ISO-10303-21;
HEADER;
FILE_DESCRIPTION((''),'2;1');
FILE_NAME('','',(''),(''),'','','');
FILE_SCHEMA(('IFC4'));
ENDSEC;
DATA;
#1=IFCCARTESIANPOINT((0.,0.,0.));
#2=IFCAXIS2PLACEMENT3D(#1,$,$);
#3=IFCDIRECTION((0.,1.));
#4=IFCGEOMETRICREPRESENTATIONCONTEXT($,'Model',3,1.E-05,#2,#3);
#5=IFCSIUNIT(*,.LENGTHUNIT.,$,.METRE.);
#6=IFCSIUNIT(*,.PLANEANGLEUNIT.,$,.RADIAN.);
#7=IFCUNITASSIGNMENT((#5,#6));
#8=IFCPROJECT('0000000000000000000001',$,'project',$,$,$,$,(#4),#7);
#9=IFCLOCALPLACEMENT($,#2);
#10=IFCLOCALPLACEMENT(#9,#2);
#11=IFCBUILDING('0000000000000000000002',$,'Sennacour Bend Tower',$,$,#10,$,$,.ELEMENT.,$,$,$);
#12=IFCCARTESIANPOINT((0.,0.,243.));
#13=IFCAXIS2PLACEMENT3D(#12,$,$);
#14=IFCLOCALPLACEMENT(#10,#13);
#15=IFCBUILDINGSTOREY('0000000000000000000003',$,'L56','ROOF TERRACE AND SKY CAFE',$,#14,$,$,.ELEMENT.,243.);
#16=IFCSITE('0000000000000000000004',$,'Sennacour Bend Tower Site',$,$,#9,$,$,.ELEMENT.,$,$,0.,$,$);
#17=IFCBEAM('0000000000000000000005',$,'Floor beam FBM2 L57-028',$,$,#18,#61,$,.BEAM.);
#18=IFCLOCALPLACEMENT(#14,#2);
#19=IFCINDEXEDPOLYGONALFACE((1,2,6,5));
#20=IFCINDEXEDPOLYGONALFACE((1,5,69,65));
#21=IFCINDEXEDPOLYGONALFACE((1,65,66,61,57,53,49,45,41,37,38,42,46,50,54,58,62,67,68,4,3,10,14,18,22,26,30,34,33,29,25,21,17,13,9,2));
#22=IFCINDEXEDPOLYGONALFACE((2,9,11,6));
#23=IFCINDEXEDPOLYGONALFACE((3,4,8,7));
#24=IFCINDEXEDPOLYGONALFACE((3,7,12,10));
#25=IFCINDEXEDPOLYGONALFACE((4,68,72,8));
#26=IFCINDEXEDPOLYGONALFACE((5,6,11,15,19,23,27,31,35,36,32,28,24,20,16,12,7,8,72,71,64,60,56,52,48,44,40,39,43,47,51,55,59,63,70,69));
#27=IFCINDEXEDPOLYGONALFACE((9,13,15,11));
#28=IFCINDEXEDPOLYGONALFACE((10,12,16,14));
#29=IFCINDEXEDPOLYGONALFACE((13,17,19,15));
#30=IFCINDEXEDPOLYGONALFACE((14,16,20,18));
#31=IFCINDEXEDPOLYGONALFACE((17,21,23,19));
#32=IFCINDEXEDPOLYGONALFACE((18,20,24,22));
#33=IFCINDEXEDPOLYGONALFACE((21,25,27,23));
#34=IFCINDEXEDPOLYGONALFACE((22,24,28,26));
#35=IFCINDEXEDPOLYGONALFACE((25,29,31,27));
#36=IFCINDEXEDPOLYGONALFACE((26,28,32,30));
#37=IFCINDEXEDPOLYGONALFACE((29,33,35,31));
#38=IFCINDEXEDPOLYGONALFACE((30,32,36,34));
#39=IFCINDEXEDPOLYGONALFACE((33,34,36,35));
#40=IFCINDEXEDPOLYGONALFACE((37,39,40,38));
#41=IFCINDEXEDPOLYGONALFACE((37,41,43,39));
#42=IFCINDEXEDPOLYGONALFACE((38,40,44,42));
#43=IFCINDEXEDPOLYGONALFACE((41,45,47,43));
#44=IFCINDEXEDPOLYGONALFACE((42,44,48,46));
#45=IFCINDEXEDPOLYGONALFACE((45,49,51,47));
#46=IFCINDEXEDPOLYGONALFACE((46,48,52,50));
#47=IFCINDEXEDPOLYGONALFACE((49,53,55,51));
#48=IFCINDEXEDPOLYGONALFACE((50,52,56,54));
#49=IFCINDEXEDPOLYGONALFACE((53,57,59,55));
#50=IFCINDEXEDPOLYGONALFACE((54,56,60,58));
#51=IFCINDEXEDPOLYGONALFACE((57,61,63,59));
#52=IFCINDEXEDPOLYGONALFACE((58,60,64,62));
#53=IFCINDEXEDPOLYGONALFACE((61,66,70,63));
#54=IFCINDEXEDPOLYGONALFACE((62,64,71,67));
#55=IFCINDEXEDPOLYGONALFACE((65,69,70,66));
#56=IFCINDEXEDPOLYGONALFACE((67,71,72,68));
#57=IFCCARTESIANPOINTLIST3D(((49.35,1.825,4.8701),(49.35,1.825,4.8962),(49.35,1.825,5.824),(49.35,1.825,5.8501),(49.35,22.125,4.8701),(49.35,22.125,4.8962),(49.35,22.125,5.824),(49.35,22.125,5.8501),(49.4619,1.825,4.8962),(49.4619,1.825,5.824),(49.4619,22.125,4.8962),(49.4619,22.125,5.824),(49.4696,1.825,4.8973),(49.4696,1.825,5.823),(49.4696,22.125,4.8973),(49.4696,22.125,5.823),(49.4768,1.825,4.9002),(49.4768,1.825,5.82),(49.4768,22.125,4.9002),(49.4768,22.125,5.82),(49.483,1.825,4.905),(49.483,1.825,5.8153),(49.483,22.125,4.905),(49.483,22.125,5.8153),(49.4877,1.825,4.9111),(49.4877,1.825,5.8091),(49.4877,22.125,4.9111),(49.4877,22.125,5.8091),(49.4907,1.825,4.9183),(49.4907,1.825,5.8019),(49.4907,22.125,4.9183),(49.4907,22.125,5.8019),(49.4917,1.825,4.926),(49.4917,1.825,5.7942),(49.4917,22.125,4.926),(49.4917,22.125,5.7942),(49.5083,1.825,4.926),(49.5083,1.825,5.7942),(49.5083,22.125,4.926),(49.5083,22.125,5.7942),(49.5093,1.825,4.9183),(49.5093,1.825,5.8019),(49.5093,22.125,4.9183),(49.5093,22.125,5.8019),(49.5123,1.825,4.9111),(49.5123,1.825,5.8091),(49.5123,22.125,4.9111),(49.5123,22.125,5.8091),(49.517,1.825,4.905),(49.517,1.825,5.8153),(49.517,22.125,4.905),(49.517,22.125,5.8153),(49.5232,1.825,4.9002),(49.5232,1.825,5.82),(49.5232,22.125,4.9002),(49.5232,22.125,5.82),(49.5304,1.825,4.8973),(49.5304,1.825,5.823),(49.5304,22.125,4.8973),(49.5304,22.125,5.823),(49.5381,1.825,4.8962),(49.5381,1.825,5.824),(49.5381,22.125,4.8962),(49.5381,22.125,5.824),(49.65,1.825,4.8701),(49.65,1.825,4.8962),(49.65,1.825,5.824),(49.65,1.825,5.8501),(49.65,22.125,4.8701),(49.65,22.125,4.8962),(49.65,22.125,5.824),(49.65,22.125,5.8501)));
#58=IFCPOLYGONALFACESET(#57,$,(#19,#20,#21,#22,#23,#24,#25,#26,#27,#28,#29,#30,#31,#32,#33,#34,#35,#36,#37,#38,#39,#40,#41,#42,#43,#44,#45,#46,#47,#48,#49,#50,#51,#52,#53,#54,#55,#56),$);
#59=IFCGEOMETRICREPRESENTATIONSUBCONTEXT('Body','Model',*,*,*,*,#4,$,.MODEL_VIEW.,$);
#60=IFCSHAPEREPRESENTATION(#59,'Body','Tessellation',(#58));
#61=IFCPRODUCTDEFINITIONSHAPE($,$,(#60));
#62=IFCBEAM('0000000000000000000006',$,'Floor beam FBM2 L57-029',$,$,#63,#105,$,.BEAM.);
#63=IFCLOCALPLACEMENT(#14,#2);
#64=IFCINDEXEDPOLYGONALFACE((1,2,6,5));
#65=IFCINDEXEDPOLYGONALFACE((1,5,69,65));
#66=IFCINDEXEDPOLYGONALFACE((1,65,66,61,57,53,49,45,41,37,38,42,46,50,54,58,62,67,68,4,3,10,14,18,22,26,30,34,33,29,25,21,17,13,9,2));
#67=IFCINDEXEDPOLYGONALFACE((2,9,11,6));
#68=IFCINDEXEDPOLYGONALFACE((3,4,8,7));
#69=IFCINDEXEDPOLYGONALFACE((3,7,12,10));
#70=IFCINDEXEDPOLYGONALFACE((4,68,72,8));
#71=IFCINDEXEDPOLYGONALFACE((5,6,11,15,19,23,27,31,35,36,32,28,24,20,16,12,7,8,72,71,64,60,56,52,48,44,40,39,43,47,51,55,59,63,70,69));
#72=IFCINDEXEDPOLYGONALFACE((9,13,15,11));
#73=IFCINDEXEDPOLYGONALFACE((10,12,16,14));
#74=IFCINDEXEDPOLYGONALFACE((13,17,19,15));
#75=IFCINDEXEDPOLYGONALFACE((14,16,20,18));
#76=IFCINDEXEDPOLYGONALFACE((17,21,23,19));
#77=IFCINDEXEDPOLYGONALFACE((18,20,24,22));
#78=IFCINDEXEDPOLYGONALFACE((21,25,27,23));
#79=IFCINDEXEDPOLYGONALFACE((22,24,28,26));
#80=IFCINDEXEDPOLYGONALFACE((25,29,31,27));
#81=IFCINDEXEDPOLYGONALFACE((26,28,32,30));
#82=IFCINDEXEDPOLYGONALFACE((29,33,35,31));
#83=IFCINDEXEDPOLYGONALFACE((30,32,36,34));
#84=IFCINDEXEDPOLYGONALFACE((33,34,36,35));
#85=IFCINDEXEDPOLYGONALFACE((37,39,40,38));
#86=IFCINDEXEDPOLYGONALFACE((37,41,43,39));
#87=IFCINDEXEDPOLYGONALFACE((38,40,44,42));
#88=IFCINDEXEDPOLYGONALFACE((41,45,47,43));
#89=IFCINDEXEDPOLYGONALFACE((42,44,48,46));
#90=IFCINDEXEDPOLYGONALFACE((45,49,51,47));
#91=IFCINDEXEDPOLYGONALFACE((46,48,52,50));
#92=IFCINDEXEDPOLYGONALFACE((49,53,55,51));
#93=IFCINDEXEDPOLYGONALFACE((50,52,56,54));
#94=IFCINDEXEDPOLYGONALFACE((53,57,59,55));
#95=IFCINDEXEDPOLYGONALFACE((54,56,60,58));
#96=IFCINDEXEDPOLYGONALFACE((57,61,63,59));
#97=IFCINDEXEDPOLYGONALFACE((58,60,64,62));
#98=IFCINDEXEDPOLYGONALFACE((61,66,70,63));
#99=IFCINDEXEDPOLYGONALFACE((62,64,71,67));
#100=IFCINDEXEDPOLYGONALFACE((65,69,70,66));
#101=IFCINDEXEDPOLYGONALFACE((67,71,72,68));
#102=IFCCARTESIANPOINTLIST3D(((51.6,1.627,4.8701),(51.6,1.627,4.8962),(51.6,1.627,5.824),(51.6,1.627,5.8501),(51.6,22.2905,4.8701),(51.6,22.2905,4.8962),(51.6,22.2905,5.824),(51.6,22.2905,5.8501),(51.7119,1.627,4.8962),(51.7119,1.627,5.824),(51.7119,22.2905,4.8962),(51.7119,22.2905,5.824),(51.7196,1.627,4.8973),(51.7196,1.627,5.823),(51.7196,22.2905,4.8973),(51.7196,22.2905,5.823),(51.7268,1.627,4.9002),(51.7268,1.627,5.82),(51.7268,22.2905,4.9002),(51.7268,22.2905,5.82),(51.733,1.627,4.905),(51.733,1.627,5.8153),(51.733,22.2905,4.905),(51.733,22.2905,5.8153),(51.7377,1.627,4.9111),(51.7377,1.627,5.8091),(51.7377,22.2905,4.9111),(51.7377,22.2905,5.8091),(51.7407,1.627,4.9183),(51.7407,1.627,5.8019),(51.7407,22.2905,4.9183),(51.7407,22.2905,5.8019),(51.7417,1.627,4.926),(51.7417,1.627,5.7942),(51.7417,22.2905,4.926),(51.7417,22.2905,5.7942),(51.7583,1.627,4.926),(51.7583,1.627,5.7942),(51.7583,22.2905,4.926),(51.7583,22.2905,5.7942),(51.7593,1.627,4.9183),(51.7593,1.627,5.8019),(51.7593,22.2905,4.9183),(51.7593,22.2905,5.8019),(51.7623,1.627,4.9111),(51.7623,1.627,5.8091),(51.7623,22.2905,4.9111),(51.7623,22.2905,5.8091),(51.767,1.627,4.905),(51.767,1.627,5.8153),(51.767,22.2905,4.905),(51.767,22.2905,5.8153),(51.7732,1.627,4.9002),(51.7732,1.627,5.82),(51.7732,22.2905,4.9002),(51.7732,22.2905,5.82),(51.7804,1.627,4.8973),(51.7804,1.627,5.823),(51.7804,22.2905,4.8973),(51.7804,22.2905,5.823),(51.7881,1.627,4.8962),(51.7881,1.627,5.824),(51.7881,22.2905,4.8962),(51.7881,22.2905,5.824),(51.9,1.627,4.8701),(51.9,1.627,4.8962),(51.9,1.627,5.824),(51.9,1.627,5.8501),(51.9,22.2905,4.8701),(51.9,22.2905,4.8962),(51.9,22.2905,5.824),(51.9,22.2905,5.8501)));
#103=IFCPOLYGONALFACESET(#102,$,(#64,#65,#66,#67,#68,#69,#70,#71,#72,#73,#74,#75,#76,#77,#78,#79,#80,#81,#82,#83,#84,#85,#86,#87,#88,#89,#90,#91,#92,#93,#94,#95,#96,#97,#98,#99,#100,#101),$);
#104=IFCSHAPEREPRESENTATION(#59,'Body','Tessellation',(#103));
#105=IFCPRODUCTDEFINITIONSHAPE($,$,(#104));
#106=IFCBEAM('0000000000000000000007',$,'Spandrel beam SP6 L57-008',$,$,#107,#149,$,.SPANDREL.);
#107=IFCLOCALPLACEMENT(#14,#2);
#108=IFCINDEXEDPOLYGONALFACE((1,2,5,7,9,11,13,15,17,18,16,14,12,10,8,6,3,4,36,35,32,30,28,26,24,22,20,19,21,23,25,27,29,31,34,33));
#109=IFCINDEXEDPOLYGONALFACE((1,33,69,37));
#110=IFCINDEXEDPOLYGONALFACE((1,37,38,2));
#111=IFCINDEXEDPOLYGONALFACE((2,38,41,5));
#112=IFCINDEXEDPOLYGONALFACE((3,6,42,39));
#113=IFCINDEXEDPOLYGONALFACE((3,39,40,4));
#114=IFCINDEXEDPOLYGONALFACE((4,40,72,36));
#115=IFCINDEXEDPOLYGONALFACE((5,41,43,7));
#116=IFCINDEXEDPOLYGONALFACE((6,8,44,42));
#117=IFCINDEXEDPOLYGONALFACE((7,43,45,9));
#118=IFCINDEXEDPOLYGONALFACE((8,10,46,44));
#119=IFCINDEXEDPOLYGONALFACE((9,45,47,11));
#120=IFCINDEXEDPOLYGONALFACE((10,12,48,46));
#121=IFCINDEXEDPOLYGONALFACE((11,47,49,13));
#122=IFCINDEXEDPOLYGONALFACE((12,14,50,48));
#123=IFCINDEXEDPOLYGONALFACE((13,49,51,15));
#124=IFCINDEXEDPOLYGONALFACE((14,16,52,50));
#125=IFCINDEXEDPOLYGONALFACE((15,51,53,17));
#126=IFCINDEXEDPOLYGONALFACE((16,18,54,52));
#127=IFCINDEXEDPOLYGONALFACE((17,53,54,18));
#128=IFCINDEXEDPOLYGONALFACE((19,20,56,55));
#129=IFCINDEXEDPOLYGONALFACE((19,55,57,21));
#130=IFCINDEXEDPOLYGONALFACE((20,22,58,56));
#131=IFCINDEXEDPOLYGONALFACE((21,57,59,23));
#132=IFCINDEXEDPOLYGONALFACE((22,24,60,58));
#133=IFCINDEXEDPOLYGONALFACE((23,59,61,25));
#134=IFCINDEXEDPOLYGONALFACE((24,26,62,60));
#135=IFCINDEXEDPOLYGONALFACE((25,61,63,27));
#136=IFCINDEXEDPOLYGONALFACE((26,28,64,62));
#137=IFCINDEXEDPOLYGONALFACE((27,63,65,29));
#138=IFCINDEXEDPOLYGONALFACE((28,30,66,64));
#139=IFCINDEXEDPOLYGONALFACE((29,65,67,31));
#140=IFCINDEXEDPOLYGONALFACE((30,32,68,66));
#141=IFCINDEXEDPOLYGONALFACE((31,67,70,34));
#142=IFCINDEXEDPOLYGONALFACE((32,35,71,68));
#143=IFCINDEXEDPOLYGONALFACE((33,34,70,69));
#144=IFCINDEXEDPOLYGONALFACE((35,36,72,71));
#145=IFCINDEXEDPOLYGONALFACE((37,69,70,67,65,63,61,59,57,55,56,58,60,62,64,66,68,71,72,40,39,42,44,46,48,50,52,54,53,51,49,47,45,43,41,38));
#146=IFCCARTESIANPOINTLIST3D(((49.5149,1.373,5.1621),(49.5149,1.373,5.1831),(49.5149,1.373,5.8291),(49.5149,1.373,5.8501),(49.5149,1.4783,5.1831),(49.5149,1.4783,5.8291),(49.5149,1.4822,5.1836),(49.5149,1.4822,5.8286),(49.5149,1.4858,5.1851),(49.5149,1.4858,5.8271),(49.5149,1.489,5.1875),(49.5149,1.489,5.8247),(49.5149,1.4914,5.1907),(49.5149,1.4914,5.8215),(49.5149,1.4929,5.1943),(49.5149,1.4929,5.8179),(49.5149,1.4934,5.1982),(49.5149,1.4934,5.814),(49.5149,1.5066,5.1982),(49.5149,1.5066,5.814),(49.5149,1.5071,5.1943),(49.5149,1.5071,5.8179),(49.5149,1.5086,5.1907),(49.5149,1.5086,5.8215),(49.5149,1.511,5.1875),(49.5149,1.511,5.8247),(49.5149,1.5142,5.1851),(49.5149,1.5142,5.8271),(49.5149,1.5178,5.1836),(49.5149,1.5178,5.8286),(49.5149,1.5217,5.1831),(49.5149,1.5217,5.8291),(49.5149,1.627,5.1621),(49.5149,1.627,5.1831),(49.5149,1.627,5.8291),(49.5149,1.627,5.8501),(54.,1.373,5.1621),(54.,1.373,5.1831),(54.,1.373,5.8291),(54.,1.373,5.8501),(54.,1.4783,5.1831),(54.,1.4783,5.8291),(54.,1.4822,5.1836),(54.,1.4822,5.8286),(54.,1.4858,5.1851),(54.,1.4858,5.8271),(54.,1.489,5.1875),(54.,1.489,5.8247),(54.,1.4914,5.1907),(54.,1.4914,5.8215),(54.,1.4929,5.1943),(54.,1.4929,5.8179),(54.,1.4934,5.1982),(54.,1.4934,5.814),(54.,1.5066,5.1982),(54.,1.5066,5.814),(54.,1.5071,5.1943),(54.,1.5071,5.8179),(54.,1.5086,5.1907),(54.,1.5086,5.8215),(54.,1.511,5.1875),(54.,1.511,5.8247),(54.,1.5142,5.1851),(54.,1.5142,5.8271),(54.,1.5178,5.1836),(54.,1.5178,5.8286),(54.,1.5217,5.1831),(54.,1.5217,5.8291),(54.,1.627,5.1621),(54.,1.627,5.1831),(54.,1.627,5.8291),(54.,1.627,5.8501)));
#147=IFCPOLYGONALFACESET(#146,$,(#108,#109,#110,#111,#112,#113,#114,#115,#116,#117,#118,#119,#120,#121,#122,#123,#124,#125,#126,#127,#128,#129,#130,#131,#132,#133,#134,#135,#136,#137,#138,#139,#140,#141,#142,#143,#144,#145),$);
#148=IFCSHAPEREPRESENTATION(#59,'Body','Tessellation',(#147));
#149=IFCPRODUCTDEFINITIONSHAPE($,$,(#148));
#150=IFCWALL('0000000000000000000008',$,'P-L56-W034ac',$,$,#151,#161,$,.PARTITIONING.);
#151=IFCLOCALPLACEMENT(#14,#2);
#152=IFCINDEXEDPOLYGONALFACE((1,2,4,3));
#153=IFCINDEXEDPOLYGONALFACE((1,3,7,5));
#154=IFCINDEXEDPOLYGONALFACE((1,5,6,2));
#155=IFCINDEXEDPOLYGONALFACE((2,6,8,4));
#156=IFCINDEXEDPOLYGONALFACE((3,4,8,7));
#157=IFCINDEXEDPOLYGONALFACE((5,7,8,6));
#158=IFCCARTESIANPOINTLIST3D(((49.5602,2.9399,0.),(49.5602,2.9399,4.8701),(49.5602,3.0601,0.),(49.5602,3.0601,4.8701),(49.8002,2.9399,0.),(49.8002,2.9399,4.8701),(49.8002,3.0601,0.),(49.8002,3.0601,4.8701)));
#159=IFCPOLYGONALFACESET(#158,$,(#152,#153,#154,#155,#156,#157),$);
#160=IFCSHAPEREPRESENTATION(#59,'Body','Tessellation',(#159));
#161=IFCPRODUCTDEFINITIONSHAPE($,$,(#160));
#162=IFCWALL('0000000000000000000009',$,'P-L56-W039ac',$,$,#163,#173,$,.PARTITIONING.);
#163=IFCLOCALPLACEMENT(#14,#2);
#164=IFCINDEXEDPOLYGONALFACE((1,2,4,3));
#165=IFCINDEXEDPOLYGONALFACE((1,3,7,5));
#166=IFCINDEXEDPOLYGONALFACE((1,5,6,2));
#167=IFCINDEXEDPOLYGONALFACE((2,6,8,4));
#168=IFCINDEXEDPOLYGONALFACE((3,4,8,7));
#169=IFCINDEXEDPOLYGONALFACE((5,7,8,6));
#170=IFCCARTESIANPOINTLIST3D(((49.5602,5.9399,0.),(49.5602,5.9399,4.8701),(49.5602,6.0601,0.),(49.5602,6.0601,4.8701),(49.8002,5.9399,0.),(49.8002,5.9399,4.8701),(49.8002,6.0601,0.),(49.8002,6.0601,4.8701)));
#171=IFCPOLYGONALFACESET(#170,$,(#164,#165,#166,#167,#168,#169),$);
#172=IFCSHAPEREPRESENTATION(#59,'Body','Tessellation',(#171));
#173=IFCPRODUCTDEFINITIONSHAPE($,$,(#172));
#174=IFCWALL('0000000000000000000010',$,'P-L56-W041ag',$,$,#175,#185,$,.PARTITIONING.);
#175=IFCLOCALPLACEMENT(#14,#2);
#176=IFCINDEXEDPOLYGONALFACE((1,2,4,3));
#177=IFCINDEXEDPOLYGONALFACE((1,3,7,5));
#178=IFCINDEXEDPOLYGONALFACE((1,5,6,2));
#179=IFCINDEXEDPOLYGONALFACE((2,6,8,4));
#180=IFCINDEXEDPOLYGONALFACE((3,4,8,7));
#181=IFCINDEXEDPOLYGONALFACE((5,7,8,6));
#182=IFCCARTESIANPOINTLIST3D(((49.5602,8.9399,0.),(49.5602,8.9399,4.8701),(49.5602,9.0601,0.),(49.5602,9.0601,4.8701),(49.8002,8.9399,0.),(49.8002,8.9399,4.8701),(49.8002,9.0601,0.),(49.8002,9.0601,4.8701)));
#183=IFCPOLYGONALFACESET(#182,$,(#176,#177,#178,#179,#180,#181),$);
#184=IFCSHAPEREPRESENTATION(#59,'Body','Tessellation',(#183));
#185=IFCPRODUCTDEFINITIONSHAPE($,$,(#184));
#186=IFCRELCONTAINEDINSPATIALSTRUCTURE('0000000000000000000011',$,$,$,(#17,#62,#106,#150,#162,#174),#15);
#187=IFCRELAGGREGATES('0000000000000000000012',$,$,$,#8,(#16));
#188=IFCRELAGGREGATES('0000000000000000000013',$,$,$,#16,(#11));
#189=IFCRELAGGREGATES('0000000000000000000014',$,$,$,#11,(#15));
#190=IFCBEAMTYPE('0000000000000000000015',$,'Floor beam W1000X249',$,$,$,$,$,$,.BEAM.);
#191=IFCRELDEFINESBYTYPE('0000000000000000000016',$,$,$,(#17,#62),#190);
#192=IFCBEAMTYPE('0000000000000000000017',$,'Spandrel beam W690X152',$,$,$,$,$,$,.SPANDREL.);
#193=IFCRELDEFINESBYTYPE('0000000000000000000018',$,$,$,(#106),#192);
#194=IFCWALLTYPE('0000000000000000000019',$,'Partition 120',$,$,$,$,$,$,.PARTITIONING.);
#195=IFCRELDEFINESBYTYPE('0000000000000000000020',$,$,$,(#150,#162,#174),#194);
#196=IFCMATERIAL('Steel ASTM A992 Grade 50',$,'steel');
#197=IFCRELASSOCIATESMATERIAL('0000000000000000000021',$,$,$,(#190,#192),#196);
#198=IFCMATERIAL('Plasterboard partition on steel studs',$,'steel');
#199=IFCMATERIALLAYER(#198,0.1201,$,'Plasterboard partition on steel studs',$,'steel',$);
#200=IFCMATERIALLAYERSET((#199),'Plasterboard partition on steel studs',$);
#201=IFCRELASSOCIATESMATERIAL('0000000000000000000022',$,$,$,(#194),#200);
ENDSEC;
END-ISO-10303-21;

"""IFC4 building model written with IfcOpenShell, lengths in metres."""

from ifc_helpers import new_model, si_unit, direction, frame, frame_2d, origin, origin_2d, place, context, subcontext, project, spatial, rectangle, i_section, extrude, material, layer, layer_set, material_profile, profile_set, type_object, element, save


model = new_model("IFC4")

# Units and contexts
model_context = context("Model", 3, precision=1e-05, world=origin(), true_north=direction((0.0, 1.0)))
body_context = subcontext(model_context, "Body", "Model", "MODEL_VIEW")
ifc_project = project(units=[si_unit("LENGTHUNIT", "METRE"), si_unit("PLANEANGLEUNIT", "RADIAN")], contexts=[model_context])

# Site, building, storey
site_placement = place(None, origin())
site = spatial("IfcSite", under=ifc_project, at=site_placement, Name="Sennacour Bend Tower Site", CompositionType="ELEMENT", RefElevation=0.0)
building_placement = place(site_placement, origin())
building = spatial("IfcBuilding", under=site, at=building_placement, Name="Sennacour Bend Tower", CompositionType="ELEMENT")
storey_placement = place(building_placement, frame((0.0, 0.0, 243.0)))
storey = spatial("IfcBuildingStorey", under=building, at=storey_placement, Name="L56", Description="ROOF TERRACE AND SKY CAFE", CompositionType="ELEMENT", Elevation=243.0)

# Beams
ifc_material_1 = material(Name="Steel ASTM A992 Grade 50", Category="steel")
ifc_material_profile_1 = material_profile(ifc_material_1, i_section(OverallWidth=0.3, OverallDepth=0.98, WebThickness=0.0166, FlangeThickness=0.0261, FilletRadius=0.0298, at=origin_2d()), Name="Steel ASTM A992 Grade 50", Category="steel")
ifc_profile_set_1 = profile_set([ifc_material_profile_1], Name="Steel ASTM A992 Grade 50")
beam_type_1 = type_object("IfcBeamType", Name="Floor beam W1000X249", PredefinedType="BEAM", material=ifc_profile_set_1)
beam_1_placement = place(storey_placement, frame((49.5, 1.825, 5.3601), z_axis=(0.0, 1.0, 0.0), x_axis=(-1.0, 0.0, 0.0)))
element("IfcBeam", 1, at=beam_1_placement, inside=storey, type_object=beam_type_1, Name="Floor beam FBM2 L57-028", PredefinedType="BEAM", context=body_context, shape_type="SweptSolid", body=[
    extrude(i_section(OverallWidth=0.3, OverallDepth=0.98, WebThickness=0.0166, FlangeThickness=0.0261, FilletRadius=0.0298, at=origin_2d()), origin(), (0.0, 0.0, 1.0), 20.3),
])
beam_2_placement = place(storey_placement, frame((51.75, 1.627, 5.3601), z_axis=(0.0, 1.0, 0.0), x_axis=(-1.0, 0.0, 0.0)))
element("IfcBeam", 2, at=beam_2_placement, inside=storey, type_object=beam_type_1, Name="Floor beam FBM2 L57-029", PredefinedType="BEAM", context=body_context, shape_type="SweptSolid", body=[
    extrude(i_section(OverallWidth=0.3, OverallDepth=0.98, WebThickness=0.0166, FlangeThickness=0.0261, FilletRadius=0.0298, at=origin_2d()), origin(), (0.0, 0.0, 1.0), 20.6636),
])
ifc_material_profile_2 = material_profile(ifc_material_1, i_section(OverallWidth=0.2539, OverallDepth=0.688, WebThickness=0.0132, FlangeThickness=0.021, FilletRadius=0.0151, at=origin_2d()), Name="Steel ASTM A992 Grade 50", Category="steel")
ifc_profile_set_2 = profile_set([ifc_material_profile_2], Name="Steel ASTM A992 Grade 50")
beam_type_2 = type_object("IfcBeamType", Name="Spandrel beam W690X152", PredefinedType="SPANDREL", material=ifc_profile_set_2)
beam_3_placement = place(storey_placement, frame((54.0, 1.5, 5.5061), z_axis=(-1.0, 0.0, 0.0), x_axis=(0.0, -1.0, 0.0)))
element("IfcBeam", 3, at=beam_3_placement, inside=storey, type_object=beam_type_2, Name="Spandrel beam SP6 L57-008", PredefinedType="SPANDREL", context=body_context, shape_type="SweptSolid", body=[
    extrude(i_section(OverallWidth=0.2539, OverallDepth=0.688, WebThickness=0.0132, FlangeThickness=0.021, FilletRadius=0.0151, at=origin_2d()), origin(), (0.0, 0.0, 1.0), 4.4851),
])

# Walls
ifc_material_2 = material(Name="Plasterboard partition on steel studs", Category="steel")
ifc_layer_1 = layer(ifc_material_2, 0.1201, Name="Plasterboard partition on steel studs", Category="steel")
ifc_layer_set_1 = layer_set([ifc_layer_1], Name="Plasterboard partition on steel studs")
wall_type_1 = type_object("IfcWallType", Name="Partition 120", PredefinedType="PARTITIONING", material=ifc_layer_set_1)
for number, where, z_axis, x_axis, name in (
    (4, (49.5601, 3.0, 0.0), (0.0, 0.0, 1.0), (1.0, 0.0, 0.0), "P-L56-W034ac"),
    (5, (49.5601, 6.0, 0.0), (0.0, 0.0, 1.0), (1.0, 0.0, 0.0), "P-L56-W039ac"),
    (6, (49.5601, 9.0, 0.0), (0.0, 0.0, 1.0), (1.0, 0.0, 0.0), "P-L56-W041ag"),
):
    element("IfcWall", number, at=place(storey_placement, frame(where, z_axis=z_axis, x_axis=x_axis)), inside=storey, type_object=wall_type_1, Name=name, PredefinedType="PARTITIONING", context=body_context, shape_type="SweptSolid", body=[
        extrude(rectangle(XDim=0.24, YDim=0.1201, at=frame_2d((0.1201, 0.0))), origin(), (0.0, 0.0, 1.0), 4.8701),
    ])

save(model, "model.ifc")
